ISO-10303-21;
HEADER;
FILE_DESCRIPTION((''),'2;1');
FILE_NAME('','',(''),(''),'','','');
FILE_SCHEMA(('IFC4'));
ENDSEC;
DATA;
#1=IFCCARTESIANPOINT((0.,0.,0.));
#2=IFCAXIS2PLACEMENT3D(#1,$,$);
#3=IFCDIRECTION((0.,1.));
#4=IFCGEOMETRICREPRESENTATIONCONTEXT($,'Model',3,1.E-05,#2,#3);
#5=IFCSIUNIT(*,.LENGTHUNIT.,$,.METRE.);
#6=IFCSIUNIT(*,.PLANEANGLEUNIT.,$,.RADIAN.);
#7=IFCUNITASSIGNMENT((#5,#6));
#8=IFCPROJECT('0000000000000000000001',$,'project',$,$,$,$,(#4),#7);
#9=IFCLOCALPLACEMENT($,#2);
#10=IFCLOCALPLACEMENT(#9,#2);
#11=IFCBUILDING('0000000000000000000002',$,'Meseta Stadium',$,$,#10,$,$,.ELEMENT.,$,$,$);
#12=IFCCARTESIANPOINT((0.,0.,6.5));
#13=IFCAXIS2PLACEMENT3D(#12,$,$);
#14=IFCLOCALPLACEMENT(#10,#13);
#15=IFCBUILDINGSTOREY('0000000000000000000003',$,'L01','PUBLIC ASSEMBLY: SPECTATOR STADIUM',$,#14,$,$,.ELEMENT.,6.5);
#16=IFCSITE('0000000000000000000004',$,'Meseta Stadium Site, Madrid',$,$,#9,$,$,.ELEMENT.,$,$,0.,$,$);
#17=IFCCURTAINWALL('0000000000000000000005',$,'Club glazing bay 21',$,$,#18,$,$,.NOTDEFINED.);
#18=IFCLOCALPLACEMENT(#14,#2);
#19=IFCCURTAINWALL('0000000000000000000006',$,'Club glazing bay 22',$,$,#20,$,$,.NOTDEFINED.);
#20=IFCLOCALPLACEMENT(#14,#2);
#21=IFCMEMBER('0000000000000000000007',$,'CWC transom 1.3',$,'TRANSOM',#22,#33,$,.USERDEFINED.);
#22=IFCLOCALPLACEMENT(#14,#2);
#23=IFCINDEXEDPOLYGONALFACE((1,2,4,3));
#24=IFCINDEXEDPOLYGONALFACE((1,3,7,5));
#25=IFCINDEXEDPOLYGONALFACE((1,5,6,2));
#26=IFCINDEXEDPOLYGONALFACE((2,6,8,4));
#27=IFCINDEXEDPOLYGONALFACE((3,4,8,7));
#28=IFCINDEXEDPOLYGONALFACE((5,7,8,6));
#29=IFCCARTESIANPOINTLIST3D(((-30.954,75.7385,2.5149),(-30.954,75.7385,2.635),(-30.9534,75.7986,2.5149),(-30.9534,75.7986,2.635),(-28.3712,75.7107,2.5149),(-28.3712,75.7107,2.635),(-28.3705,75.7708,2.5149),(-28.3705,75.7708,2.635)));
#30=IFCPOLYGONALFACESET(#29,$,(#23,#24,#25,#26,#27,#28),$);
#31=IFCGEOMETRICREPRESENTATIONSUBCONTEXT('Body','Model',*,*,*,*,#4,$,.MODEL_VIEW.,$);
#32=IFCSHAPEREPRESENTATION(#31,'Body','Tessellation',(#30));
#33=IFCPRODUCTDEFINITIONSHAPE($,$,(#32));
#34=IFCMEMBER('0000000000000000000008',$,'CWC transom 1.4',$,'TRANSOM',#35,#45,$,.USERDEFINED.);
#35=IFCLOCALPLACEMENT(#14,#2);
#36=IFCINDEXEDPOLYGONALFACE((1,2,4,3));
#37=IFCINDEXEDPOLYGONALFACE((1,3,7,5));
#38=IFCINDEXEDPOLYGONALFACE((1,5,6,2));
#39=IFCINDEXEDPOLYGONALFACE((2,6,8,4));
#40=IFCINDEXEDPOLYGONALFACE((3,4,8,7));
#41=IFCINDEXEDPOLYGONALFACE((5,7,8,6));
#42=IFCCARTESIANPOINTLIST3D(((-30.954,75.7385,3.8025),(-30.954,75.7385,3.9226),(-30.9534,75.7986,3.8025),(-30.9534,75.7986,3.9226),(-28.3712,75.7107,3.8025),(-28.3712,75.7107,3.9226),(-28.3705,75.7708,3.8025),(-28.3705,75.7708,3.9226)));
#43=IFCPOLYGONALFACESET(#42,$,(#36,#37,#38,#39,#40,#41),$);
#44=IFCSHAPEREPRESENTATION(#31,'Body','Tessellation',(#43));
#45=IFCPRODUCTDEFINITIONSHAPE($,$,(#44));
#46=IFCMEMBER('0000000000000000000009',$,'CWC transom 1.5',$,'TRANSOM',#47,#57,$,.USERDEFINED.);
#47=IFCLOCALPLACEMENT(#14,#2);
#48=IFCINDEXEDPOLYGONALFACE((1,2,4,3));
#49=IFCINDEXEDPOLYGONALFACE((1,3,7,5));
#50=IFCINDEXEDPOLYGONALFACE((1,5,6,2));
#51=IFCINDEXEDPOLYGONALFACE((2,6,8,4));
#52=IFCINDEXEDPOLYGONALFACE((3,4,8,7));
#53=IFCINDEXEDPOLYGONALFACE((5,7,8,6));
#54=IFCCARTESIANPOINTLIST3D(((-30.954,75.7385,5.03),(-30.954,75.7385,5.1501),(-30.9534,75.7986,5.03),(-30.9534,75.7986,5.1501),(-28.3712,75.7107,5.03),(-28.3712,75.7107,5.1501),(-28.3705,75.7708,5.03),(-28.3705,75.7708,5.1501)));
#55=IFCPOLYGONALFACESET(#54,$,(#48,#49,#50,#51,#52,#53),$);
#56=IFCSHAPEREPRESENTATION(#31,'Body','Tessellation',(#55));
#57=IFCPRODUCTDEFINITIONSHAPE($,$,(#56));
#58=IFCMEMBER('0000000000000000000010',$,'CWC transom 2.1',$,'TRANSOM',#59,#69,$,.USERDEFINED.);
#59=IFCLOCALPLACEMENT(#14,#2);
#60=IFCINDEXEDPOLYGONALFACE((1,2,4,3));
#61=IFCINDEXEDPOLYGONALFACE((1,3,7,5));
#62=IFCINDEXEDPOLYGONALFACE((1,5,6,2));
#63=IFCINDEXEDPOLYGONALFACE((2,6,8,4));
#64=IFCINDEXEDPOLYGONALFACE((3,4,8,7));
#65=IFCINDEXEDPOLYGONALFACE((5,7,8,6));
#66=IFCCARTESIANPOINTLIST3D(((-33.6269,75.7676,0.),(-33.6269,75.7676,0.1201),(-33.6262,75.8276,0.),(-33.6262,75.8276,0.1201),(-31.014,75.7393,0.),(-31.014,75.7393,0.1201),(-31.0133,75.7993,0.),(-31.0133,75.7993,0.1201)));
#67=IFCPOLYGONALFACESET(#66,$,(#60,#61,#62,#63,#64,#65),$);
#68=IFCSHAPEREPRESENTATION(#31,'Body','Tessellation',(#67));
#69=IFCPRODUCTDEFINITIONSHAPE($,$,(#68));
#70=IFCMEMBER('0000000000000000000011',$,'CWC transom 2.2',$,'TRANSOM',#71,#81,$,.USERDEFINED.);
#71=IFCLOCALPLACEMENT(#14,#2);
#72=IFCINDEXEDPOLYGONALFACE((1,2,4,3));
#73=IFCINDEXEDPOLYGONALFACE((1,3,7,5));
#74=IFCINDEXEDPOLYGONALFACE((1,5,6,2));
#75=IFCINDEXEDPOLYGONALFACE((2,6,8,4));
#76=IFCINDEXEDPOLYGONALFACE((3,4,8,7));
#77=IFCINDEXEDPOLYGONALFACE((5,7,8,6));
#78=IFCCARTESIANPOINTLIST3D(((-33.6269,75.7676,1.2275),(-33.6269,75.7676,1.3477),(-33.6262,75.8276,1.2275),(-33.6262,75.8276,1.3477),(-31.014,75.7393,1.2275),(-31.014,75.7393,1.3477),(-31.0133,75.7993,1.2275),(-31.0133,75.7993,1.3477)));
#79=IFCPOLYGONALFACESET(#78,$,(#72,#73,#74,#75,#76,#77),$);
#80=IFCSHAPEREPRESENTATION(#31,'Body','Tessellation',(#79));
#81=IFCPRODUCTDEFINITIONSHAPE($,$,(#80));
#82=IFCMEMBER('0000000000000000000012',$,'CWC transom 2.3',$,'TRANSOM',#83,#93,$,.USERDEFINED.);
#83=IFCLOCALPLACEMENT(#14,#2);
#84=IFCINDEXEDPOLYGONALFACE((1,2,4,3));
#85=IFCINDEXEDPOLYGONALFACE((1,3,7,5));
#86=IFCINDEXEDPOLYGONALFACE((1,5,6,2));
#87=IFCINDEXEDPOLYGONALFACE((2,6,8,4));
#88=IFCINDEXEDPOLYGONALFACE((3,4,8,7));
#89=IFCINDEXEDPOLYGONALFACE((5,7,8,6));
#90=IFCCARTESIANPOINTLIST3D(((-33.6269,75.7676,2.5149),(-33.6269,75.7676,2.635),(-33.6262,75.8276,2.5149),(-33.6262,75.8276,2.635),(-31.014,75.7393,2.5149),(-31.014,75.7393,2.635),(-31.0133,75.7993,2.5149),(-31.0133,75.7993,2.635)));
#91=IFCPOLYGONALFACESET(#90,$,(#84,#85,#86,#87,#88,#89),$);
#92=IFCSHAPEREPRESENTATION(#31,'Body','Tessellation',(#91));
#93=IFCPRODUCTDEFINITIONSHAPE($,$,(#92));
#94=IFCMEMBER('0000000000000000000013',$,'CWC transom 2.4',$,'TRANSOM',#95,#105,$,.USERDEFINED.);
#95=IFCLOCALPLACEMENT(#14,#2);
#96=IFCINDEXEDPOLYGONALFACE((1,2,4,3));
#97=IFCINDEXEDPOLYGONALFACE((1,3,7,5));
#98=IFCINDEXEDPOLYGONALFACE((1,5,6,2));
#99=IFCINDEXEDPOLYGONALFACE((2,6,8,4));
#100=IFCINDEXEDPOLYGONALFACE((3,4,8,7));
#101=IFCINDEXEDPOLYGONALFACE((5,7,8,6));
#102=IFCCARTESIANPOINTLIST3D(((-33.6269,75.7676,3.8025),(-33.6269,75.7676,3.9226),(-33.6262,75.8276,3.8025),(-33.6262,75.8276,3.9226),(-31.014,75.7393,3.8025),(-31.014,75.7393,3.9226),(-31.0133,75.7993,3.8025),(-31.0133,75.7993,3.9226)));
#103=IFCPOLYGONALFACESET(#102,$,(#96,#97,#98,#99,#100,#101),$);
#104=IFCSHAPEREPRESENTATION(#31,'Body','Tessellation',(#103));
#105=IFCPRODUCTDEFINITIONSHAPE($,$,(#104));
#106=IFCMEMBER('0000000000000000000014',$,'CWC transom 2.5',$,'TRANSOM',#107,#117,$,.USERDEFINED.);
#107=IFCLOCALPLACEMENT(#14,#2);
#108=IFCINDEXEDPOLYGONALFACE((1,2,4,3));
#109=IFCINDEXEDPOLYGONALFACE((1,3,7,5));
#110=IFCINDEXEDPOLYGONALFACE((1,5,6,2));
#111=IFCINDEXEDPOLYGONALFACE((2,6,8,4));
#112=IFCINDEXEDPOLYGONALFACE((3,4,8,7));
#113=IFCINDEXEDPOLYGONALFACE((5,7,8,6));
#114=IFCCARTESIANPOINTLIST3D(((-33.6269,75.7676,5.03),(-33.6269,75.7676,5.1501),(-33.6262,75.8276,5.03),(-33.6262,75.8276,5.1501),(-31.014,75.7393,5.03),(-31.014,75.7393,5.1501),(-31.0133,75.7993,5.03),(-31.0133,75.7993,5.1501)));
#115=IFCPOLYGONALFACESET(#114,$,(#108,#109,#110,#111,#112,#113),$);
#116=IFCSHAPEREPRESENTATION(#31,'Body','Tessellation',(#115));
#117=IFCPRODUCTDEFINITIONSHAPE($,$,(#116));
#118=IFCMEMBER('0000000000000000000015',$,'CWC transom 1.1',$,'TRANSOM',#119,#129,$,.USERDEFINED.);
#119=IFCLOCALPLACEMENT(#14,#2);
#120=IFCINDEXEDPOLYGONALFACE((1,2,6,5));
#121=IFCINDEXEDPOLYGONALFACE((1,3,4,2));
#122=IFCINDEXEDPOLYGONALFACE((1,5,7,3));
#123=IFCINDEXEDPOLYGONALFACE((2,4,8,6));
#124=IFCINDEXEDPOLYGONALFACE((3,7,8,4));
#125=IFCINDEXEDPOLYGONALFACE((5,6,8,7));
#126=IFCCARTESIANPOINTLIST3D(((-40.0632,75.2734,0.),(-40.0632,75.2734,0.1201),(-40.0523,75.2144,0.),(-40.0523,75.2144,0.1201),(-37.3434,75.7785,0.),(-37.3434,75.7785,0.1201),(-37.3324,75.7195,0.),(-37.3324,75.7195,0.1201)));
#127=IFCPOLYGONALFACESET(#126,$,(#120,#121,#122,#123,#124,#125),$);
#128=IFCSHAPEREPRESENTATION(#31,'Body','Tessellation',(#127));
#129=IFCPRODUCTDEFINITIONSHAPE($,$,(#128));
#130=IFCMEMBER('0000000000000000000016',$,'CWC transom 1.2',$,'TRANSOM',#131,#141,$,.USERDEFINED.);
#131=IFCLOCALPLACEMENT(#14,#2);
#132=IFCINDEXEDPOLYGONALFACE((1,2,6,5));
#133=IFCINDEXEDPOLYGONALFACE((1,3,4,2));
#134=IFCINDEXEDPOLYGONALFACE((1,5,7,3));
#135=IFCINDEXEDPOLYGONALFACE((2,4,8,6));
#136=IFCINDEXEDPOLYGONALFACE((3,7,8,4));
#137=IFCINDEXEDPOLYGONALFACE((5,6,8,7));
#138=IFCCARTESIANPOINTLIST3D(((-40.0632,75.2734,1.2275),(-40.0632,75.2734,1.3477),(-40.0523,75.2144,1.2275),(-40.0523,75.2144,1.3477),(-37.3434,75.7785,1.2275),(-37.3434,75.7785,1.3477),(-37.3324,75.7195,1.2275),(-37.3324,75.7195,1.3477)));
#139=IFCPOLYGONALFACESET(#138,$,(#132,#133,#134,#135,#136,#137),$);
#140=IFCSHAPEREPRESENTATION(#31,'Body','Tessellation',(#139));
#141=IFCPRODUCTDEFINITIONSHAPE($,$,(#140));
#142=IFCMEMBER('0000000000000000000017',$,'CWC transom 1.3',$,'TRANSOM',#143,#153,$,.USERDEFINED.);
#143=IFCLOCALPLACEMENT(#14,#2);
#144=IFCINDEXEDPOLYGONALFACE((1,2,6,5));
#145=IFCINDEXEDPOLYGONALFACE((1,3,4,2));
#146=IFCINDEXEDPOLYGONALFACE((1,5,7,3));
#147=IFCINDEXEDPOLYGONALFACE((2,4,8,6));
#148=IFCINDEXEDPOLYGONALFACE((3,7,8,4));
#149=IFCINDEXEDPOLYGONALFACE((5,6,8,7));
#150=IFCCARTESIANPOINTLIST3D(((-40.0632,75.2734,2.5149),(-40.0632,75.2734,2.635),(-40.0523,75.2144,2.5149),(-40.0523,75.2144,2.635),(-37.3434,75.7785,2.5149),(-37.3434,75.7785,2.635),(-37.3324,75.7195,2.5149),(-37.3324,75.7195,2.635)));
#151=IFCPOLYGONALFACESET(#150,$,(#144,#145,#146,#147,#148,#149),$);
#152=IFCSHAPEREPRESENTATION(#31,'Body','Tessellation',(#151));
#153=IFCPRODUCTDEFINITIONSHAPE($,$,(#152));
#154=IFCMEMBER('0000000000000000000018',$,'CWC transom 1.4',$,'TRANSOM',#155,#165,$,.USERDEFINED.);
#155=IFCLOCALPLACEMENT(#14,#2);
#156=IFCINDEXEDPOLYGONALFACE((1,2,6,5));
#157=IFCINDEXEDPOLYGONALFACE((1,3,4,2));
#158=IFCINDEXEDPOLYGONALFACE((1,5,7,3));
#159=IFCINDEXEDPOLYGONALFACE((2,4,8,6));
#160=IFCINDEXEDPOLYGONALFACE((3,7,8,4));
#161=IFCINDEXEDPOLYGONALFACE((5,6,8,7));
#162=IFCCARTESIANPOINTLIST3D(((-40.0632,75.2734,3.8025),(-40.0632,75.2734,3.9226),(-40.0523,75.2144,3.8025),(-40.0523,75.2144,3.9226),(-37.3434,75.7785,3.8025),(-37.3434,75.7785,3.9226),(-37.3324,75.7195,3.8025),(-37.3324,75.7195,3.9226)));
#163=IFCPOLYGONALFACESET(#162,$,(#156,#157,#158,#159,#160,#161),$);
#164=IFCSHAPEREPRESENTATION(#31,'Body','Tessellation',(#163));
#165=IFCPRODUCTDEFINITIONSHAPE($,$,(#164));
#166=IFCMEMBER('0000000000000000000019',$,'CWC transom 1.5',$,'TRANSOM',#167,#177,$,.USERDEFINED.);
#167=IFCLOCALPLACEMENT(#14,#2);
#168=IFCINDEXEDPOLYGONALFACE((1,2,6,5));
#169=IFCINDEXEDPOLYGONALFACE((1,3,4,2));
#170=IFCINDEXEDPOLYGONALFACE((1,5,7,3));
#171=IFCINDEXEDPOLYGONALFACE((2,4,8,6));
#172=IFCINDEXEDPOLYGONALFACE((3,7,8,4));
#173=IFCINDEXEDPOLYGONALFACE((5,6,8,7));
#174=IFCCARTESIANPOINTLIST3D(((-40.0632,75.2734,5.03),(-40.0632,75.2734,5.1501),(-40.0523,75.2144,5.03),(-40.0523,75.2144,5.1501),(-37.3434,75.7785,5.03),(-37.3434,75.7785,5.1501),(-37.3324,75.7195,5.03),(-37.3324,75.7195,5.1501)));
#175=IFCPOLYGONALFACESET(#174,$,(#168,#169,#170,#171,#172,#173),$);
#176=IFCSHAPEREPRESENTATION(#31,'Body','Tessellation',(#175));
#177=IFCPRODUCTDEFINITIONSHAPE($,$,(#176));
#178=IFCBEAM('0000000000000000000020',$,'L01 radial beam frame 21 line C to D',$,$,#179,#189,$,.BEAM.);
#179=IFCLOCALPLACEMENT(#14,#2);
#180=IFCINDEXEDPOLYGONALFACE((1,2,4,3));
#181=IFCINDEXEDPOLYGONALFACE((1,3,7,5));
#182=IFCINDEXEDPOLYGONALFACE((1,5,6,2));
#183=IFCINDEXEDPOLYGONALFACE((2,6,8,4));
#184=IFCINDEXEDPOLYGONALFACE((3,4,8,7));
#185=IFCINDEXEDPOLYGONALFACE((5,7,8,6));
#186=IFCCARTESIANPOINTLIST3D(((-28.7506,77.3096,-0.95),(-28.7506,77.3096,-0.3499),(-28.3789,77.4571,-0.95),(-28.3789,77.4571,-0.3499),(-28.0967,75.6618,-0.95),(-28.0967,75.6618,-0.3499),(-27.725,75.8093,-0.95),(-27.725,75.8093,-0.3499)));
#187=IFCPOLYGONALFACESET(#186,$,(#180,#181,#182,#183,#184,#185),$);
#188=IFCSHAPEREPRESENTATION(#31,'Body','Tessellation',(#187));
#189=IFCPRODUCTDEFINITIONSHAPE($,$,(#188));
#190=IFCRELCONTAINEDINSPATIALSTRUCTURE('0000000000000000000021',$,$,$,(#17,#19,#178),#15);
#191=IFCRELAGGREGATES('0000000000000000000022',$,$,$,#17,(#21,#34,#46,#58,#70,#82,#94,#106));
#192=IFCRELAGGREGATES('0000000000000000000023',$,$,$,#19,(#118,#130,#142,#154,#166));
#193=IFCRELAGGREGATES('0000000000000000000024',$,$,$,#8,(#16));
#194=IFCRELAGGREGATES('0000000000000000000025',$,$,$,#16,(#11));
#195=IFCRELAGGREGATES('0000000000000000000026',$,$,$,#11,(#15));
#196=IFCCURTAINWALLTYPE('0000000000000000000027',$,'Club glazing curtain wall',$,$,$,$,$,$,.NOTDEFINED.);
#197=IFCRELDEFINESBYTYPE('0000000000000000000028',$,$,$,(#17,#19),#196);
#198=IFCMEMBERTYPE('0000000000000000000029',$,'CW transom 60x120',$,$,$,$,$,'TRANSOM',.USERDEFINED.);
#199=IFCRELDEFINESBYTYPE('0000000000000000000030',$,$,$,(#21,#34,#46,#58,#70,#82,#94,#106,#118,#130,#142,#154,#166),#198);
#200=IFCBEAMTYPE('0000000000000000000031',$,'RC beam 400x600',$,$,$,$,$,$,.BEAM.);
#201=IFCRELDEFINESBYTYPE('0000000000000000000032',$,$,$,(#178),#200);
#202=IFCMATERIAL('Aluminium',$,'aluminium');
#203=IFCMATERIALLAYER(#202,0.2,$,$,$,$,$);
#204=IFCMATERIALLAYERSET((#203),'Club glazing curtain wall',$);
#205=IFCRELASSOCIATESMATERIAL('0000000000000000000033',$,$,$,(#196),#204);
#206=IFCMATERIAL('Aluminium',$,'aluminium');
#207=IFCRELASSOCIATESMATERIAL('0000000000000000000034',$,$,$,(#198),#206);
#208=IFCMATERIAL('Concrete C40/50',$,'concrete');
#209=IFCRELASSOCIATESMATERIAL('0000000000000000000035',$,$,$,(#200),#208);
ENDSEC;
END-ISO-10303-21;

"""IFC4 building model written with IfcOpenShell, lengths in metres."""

from ifc_helpers import new_model, si_unit, direction, frame, origin, origin_2d, place, context, subcontext, project, spatial, rectangle, extrude, material, layer, layer_set, material_profile, profile_set, type_object, element, aggregate, save


model = new_model("IFC4")

# Units and contexts
model_context = context("Model", 3, precision=1e-05, world=origin(), true_north=direction((0.0, 1.0)))
body_context = subcontext(model_context, "Body", "Model", "MODEL_VIEW")
ifc_project = project(units=[si_unit("LENGTHUNIT", "METRE"), si_unit("PLANEANGLEUNIT", "RADIAN")], contexts=[model_context])

# Site, building, storey
site_placement = place(None, origin())
site = spatial("IfcSite", under=ifc_project, at=site_placement, Name="Meseta Stadium Site, Madrid", CompositionType="ELEMENT", RefElevation=0.0)
building_placement = place(site_placement, origin())
building = spatial("IfcBuilding", under=site, at=building_placement, Name="Meseta Stadium", CompositionType="ELEMENT")
storey_placement = place(building_placement, frame((0.0, 0.0, 6.5)))
storey = spatial("IfcBuildingStorey", under=building, at=storey_placement, Name="L01", Description="PUBLIC ASSEMBLY: SPECTATOR STADIUM", CompositionType="ELEMENT", Elevation=6.5)

# Shared definitions
ifc_material_1 = material(Name="Aluminium", Category="aluminium")
ifc_layer_1 = layer(ifc_material_1, 0.2)
ifc_layer_set_1 = layer_set([ifc_layer_1], Name="Club glazing curtain wall")
curtain_wall_type = type_object("IfcCurtainWallType", Name="Club glazing curtain wall", PredefinedType="NOTDEFINED", material=ifc_layer_set_1)

# Curtain wall
curtain_wall_1_placement = place(storey_placement, origin())
curtain_wall_1 = element("IfcCurtainWall", 1, at=curtain_wall_1_placement, inside=storey, type_object=curtain_wall_type, Name="Club glazing bay 21", PredefinedType="NOTDEFINED")

# Curtain wall
curtain_wall_2_placement = place(storey_placement, origin())
curtain_wall_2 = element("IfcCurtainWall", 2, at=curtain_wall_2_placement, inside=storey, type_object=curtain_wall_type, Name="Club glazing bay 22", PredefinedType="NOTDEFINED")

# Members
ifc_material_2 = material(Name="Aluminium", Category="aluminium")
ifc_material_profile_1 = material_profile(ifc_material_2, rectangle(XDim=0.0601, YDim=0.1201, at=origin_2d()), Name="CW 60x120")
ifc_profile_set_1 = profile_set([ifc_material_profile_1], Name="Aluminium")
member_type_1 = type_object("IfcMemberType", Name="CW transom 60x120", ElementType="TRANSOM", PredefinedType="USERDEFINED", material=ifc_profile_set_1)
member_1_placement = place(storey_placement, frame((-28.3708, 75.7407, 2.575), z_axis=(-0.999942, 0.010775, 0.0), x_axis=(-0.010775, -0.999942, 0.0)))
member_1 = element("IfcMember", 3, at=member_1_placement, type_object=member_type_1, Name="CWC transom 1.3", ObjectType="TRANSOM", PredefinedType="USERDEFINED", context=body_context, shape_type="SweptSolid", body=[
    extrude(rectangle(XDim=0.0601, YDim=0.1201, at=origin_2d()), origin(), (0.0, 0.0, 1.0), 2.583),
])
member_2_placement = place(storey_placement, frame((-28.3708, 75.7407, 3.8625), z_axis=(-0.999942, 0.010775, 0.0), x_axis=(-0.010775, -0.999942, 0.0)))
member_2 = element("IfcMember", 4, at=member_2_placement, type_object=member_type_1, Name="CWC transom 1.4", ObjectType="TRANSOM", PredefinedType="USERDEFINED", context=body_context, shape_type="SweptSolid", body=[
    extrude(rectangle(XDim=0.0601, YDim=0.1201, at=origin_2d()), origin(), (0.0, 0.0, 1.0), 2.583),
])
member_3_placement = place(storey_placement, frame((-28.3708, 75.7407, 5.0901), z_axis=(-0.999942, 0.010775, 0.0), x_axis=(-0.010775, -0.999942, 0.0)))
member_3 = element("IfcMember", 5, at=member_3_placement, type_object=member_type_1, Name="CWC transom 1.5", ObjectType="TRANSOM", PredefinedType="USERDEFINED", context=body_context, shape_type="SweptSolid", body=[
    extrude(rectangle(XDim=0.0601, YDim=0.1201, at=origin_2d()), origin(), (0.0, 0.0, 1.0), 2.583),
])
member_4_placement = place(storey_placement, frame((-31.0137, 75.7693, 0.0601), z_axis=(-0.999941, 0.010838, 0.0), x_axis=(-0.010838, -0.999941, 0.0)))
member_4 = element("IfcMember", 6, at=member_4_placement, type_object=member_type_1, Name="CWC transom 2.1", ObjectType="TRANSOM", PredefinedType="USERDEFINED", context=body_context, shape_type="SweptSolid", body=[
    extrude(rectangle(XDim=0.0601, YDim=0.1201, at=origin_2d()), origin(), (0.0, 0.0, 1.0), 2.613),
])
member_5_placement = place(storey_placement, frame((-31.0137, 75.7693, 1.2876), z_axis=(-0.999941, 0.010838, 0.0), x_axis=(-0.010838, -0.999941, 0.0)))
member_5 = element("IfcMember", 7, at=member_5_placement, type_object=member_type_1, Name="CWC transom 2.2", ObjectType="TRANSOM", PredefinedType="USERDEFINED", context=body_context, shape_type="SweptSolid", body=[
    extrude(rectangle(XDim=0.0601, YDim=0.1201, at=origin_2d()), origin(), (0.0, 0.0, 1.0), 2.613),
])
member_6_placement = place(storey_placement, frame((-31.0137, 75.7693, 2.575), z_axis=(-0.999941, 0.010838, 0.0), x_axis=(-0.010838, -0.999941, 0.0)))
member_6 = element("IfcMember", 8, at=member_6_placement, type_object=member_type_1, Name="CWC transom 2.3", ObjectType="TRANSOM", PredefinedType="USERDEFINED", context=body_context, shape_type="SweptSolid", body=[
    extrude(rectangle(XDim=0.0601, YDim=0.1201, at=origin_2d()), origin(), (0.0, 0.0, 1.0), 2.613),
])
member_7_placement = place(storey_placement, frame((-31.0137, 75.7693, 3.8625), z_axis=(-0.999941, 0.010838, 0.0), x_axis=(-0.010838, -0.999941, 0.0)))
member_7 = element("IfcMember", 9, at=member_7_placement, type_object=member_type_1, Name="CWC transom 2.4", ObjectType="TRANSOM", PredefinedType="USERDEFINED", context=body_context, shape_type="SweptSolid", body=[
    extrude(rectangle(XDim=0.0601, YDim=0.1201, at=origin_2d()), origin(), (0.0, 0.0, 1.0), 2.613),
])
member_8_placement = place(storey_placement, frame((-31.0137, 75.7693, 5.0901), z_axis=(-0.999941, 0.010838, 0.0), x_axis=(-0.010838, -0.999941, 0.0)))
member_8 = element("IfcMember", 10, at=member_8_placement, type_object=member_type_1, Name="CWC transom 2.5", ObjectType="TRANSOM", PredefinedType="USERDEFINED", context=body_context, shape_type="SweptSolid", body=[
    extrude(rectangle(XDim=0.0601, YDim=0.1201, at=origin_2d()), origin(), (0.0, 0.0, 1.0), 2.613),
])
member_9_placement = place(storey_placement, frame((-37.3379, 75.749, 0.0601), z_axis=(-0.983186, -0.182604, 0.0), x_axis=(0.182604, -0.983186, 0.0)))
member_9 = element("IfcMember", 11, at=member_9_placement, type_object=member_type_1, Name="CWC transom 1.1", ObjectType="TRANSOM", PredefinedType="USERDEFINED", context=body_context, shape_type="SweptSolid", body=[
    extrude(rectangle(XDim=0.0601, YDim=0.1201, at=origin_2d()), origin(), (0.0, 0.0, 1.0), 2.7664),
])
member_10_placement = place(storey_placement, frame((-37.3379, 75.749, 1.2876), z_axis=(-0.983186, -0.182604, 0.0), x_axis=(0.182604, -0.983186, 0.0)))
member_10 = element("IfcMember", 12, at=member_10_placement, type_object=member_type_1, Name="CWC transom 1.2", ObjectType="TRANSOM", PredefinedType="USERDEFINED", context=body_context, shape_type="SweptSolid", body=[
    extrude(rectangle(XDim=0.0601, YDim=0.1201, at=origin_2d()), origin(), (0.0, 0.0, 1.0), 2.7664),
])
member_11_placement = place(storey_placement, frame((-37.3379, 75.749, 2.575), z_axis=(-0.983186, -0.182604, 0.0), x_axis=(0.182604, -0.983186, 0.0)))
member_11 = element("IfcMember", 13, at=member_11_placement, type_object=member_type_1, Name="CWC transom 1.3", ObjectType="TRANSOM", PredefinedType="USERDEFINED", context=body_context, shape_type="SweptSolid", body=[
    extrude(rectangle(XDim=0.0601, YDim=0.1201, at=origin_2d()), origin(), (0.0, 0.0, 1.0), 2.7664),
])
member_12_placement = place(storey_placement, frame((-37.3379, 75.749, 3.8625), z_axis=(-0.983186, -0.182604, 0.0), x_axis=(0.182604, -0.983186, 0.0)))
member_12 = element("IfcMember", 14, at=member_12_placement, type_object=member_type_1, Name="CWC transom 1.4", ObjectType="TRANSOM", PredefinedType="USERDEFINED", context=body_context, shape_type="SweptSolid", body=[
    extrude(rectangle(XDim=0.0601, YDim=0.1201, at=origin_2d()), origin(), (0.0, 0.0, 1.0), 2.7664),
])
member_13_placement = place(storey_placement, frame((-37.3379, 75.749, 5.0901), z_axis=(-0.983186, -0.182604, 0.0), x_axis=(0.182604, -0.983186, 0.0)))
member_13 = element("IfcMember", 15, at=member_13_placement, type_object=member_type_1, Name="CWC transom 1.5", ObjectType="TRANSOM", PredefinedType="USERDEFINED", context=body_context, shape_type="SweptSolid", body=[
    extrude(rectangle(XDim=0.0601, YDim=0.1201, at=origin_2d()), origin(), (0.0, 0.0, 1.0), 2.7664),
])

# Beam
ifc_material_3 = material(Name="Concrete C40/50", Category="concrete")
ifc_material_profile_2 = material_profile(ifc_material_3, rectangle(XDim=0.3999, YDim=0.6001, at=origin_2d()), Name="RC 400x600")
ifc_profile_set_2 = profile_set([ifc_material_profile_2], Name="Concrete C40/50")
beam_type_1 = type_object("IfcBeamType", Name="RC beam 400x600", PredefinedType="BEAM", material=ifc_profile_set_2)
beam_1_placement = place(storey_placement, frame((-27.9109, 75.7356, -0.6499), z_axis=(-0.368825, 0.929499, 0.0), x_axis=(-0.929499, -0.368825, 0.0)))
element("IfcBeam", 16, at=beam_1_placement, inside=storey, type_object=beam_type_1, Name="L01 radial beam frame 21 line C to D", PredefinedType="BEAM", context=body_context, shape_type="SweptSolid", body=[
    extrude(rectangle(XDim=0.3999, YDim=0.6001, at=origin_2d()), origin(), (0.0, 0.0, 1.0), 1.7727),
])

aggregate(curtain_wall_1, [member_1, member_2, member_3, member_4, member_5, member_6, member_7, member_8])
aggregate(curtain_wall_2, [member_9, member_10, member_11, member_12, member_13])

save(model, "model.ifc")
